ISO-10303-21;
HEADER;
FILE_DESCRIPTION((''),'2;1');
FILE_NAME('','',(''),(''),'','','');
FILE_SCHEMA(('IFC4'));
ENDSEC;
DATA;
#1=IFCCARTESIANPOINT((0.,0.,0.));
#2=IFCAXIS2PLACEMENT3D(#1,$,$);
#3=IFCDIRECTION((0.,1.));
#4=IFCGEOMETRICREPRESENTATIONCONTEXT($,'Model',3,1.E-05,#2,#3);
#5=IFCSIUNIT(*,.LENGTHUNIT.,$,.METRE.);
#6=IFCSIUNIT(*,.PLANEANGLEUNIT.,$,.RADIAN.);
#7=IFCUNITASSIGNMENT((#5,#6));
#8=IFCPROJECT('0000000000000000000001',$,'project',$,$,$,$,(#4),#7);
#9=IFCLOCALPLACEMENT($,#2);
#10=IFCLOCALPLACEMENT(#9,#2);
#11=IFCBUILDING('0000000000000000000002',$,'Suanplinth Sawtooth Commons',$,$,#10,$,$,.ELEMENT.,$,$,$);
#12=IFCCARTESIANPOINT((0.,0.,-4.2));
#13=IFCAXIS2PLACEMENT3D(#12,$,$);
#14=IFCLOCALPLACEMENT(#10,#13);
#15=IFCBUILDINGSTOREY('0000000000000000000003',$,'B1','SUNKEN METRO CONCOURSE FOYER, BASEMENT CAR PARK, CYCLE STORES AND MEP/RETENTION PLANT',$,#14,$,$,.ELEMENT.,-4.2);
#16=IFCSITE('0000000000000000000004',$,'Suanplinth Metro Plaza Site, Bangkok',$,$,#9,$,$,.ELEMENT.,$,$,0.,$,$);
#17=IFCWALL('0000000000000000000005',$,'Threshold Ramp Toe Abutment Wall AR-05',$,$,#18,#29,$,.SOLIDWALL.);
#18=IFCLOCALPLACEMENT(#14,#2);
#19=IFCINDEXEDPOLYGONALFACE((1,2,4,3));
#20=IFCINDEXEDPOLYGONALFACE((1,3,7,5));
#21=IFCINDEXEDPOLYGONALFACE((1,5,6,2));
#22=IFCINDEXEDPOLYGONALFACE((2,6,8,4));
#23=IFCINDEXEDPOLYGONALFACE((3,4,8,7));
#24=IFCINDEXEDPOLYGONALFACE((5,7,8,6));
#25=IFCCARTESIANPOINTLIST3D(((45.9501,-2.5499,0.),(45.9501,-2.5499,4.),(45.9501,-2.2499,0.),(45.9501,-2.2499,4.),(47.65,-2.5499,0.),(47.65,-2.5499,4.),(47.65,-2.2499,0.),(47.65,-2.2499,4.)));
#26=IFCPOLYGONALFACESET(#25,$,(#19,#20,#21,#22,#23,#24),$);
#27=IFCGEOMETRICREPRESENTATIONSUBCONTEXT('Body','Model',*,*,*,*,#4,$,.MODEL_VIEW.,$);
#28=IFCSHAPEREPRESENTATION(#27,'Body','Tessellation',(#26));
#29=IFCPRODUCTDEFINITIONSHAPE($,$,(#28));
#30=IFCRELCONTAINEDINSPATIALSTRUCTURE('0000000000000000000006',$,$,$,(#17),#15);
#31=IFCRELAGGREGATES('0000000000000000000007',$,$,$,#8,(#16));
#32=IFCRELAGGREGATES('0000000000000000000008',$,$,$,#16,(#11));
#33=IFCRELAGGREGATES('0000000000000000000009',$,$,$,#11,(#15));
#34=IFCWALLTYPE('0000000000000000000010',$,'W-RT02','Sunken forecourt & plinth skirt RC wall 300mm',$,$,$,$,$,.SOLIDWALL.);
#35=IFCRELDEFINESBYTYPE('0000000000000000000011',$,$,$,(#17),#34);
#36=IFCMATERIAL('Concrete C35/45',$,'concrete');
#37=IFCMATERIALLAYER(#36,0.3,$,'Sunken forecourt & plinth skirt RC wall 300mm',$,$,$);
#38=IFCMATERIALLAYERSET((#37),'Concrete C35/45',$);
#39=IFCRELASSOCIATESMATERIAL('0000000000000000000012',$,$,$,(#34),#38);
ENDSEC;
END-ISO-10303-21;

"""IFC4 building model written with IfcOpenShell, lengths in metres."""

from ifc_helpers import new_model, si_unit, direction, frame, frame_2d, origin, place, context, subcontext, project, spatial, rectangle, extrude, material, layer, layer_set, type_object, element, save


model = new_model("IFC4")

# Units and contexts
model_context = context("Model", 3, precision=1e-05, world=origin(), true_north=direction((0.0, 1.0)))
body_context = subcontext(model_context, "Body", "Model", "MODEL_VIEW")
ifc_project = project(units=[si_unit("LENGTHUNIT", "METRE"), si_unit("PLANEANGLEUNIT", "RADIAN")], contexts=[model_context])

# Site, building, storey
site_placement = place(None, origin())
site = spatial("IfcSite", under=ifc_project, at=site_placement, Name="Suanplinth Metro Plaza Site, Bangkok", CompositionType="ELEMENT", RefElevation=0.0)
building_placement = place(site_placement, origin())
building = spatial("IfcBuilding", under=site, at=building_placement, Name="Suanplinth Sawtooth Commons", CompositionType="ELEMENT")
storey_placement = place(building_placement, frame((0.0, 0.0, -4.2)))
storey = spatial("IfcBuildingStorey", under=building, at=storey_placement, Name="B1", Description="SUNKEN METRO CONCOURSE FOYER, BASEMENT CAR PARK, CYCLE STORES AND MEP/RETENTION PLANT", CompositionType="ELEMENT", Elevation=-4.2)

# Shared definitions
ifc_material_1 = material(Name="Concrete C35/45", Category="concrete")

# Wall
ifc_layer_1 = layer(ifc_material_1, 0.3, Name="Sunken forecourt & plinth skirt RC wall 300mm")
ifc_layer_set_1 = layer_set([ifc_layer_1], Name="Concrete C35/45")
wall_type_1 = type_object("IfcWallType", Name="W-RT02", Description="Sunken forecourt & plinth skirt RC wall 300mm", PredefinedType="SOLIDWALL", material=ifc_layer_set_1)
wall_placement = place(storey_placement, frame((45.95, -2.3999, 0.0), z_axis=(0.0, 0.0, 1.0), x_axis=(1.0, 0.0, 0.0)))
element("IfcWall", 1, at=wall_placement, inside=storey, type_object=wall_type_1, Name="Threshold Ramp Toe Abutment Wall AR-05", PredefinedType="SOLIDWALL", context=body_context, shape_type="SweptSolid", body=[
    extrude(rectangle(XDim=1.7, YDim=0.3, at=frame_2d((0.8501, 0.0))), origin(), (0.0, 0.0, 1.0), 4.0),
])

save(model, "model.ifc")
